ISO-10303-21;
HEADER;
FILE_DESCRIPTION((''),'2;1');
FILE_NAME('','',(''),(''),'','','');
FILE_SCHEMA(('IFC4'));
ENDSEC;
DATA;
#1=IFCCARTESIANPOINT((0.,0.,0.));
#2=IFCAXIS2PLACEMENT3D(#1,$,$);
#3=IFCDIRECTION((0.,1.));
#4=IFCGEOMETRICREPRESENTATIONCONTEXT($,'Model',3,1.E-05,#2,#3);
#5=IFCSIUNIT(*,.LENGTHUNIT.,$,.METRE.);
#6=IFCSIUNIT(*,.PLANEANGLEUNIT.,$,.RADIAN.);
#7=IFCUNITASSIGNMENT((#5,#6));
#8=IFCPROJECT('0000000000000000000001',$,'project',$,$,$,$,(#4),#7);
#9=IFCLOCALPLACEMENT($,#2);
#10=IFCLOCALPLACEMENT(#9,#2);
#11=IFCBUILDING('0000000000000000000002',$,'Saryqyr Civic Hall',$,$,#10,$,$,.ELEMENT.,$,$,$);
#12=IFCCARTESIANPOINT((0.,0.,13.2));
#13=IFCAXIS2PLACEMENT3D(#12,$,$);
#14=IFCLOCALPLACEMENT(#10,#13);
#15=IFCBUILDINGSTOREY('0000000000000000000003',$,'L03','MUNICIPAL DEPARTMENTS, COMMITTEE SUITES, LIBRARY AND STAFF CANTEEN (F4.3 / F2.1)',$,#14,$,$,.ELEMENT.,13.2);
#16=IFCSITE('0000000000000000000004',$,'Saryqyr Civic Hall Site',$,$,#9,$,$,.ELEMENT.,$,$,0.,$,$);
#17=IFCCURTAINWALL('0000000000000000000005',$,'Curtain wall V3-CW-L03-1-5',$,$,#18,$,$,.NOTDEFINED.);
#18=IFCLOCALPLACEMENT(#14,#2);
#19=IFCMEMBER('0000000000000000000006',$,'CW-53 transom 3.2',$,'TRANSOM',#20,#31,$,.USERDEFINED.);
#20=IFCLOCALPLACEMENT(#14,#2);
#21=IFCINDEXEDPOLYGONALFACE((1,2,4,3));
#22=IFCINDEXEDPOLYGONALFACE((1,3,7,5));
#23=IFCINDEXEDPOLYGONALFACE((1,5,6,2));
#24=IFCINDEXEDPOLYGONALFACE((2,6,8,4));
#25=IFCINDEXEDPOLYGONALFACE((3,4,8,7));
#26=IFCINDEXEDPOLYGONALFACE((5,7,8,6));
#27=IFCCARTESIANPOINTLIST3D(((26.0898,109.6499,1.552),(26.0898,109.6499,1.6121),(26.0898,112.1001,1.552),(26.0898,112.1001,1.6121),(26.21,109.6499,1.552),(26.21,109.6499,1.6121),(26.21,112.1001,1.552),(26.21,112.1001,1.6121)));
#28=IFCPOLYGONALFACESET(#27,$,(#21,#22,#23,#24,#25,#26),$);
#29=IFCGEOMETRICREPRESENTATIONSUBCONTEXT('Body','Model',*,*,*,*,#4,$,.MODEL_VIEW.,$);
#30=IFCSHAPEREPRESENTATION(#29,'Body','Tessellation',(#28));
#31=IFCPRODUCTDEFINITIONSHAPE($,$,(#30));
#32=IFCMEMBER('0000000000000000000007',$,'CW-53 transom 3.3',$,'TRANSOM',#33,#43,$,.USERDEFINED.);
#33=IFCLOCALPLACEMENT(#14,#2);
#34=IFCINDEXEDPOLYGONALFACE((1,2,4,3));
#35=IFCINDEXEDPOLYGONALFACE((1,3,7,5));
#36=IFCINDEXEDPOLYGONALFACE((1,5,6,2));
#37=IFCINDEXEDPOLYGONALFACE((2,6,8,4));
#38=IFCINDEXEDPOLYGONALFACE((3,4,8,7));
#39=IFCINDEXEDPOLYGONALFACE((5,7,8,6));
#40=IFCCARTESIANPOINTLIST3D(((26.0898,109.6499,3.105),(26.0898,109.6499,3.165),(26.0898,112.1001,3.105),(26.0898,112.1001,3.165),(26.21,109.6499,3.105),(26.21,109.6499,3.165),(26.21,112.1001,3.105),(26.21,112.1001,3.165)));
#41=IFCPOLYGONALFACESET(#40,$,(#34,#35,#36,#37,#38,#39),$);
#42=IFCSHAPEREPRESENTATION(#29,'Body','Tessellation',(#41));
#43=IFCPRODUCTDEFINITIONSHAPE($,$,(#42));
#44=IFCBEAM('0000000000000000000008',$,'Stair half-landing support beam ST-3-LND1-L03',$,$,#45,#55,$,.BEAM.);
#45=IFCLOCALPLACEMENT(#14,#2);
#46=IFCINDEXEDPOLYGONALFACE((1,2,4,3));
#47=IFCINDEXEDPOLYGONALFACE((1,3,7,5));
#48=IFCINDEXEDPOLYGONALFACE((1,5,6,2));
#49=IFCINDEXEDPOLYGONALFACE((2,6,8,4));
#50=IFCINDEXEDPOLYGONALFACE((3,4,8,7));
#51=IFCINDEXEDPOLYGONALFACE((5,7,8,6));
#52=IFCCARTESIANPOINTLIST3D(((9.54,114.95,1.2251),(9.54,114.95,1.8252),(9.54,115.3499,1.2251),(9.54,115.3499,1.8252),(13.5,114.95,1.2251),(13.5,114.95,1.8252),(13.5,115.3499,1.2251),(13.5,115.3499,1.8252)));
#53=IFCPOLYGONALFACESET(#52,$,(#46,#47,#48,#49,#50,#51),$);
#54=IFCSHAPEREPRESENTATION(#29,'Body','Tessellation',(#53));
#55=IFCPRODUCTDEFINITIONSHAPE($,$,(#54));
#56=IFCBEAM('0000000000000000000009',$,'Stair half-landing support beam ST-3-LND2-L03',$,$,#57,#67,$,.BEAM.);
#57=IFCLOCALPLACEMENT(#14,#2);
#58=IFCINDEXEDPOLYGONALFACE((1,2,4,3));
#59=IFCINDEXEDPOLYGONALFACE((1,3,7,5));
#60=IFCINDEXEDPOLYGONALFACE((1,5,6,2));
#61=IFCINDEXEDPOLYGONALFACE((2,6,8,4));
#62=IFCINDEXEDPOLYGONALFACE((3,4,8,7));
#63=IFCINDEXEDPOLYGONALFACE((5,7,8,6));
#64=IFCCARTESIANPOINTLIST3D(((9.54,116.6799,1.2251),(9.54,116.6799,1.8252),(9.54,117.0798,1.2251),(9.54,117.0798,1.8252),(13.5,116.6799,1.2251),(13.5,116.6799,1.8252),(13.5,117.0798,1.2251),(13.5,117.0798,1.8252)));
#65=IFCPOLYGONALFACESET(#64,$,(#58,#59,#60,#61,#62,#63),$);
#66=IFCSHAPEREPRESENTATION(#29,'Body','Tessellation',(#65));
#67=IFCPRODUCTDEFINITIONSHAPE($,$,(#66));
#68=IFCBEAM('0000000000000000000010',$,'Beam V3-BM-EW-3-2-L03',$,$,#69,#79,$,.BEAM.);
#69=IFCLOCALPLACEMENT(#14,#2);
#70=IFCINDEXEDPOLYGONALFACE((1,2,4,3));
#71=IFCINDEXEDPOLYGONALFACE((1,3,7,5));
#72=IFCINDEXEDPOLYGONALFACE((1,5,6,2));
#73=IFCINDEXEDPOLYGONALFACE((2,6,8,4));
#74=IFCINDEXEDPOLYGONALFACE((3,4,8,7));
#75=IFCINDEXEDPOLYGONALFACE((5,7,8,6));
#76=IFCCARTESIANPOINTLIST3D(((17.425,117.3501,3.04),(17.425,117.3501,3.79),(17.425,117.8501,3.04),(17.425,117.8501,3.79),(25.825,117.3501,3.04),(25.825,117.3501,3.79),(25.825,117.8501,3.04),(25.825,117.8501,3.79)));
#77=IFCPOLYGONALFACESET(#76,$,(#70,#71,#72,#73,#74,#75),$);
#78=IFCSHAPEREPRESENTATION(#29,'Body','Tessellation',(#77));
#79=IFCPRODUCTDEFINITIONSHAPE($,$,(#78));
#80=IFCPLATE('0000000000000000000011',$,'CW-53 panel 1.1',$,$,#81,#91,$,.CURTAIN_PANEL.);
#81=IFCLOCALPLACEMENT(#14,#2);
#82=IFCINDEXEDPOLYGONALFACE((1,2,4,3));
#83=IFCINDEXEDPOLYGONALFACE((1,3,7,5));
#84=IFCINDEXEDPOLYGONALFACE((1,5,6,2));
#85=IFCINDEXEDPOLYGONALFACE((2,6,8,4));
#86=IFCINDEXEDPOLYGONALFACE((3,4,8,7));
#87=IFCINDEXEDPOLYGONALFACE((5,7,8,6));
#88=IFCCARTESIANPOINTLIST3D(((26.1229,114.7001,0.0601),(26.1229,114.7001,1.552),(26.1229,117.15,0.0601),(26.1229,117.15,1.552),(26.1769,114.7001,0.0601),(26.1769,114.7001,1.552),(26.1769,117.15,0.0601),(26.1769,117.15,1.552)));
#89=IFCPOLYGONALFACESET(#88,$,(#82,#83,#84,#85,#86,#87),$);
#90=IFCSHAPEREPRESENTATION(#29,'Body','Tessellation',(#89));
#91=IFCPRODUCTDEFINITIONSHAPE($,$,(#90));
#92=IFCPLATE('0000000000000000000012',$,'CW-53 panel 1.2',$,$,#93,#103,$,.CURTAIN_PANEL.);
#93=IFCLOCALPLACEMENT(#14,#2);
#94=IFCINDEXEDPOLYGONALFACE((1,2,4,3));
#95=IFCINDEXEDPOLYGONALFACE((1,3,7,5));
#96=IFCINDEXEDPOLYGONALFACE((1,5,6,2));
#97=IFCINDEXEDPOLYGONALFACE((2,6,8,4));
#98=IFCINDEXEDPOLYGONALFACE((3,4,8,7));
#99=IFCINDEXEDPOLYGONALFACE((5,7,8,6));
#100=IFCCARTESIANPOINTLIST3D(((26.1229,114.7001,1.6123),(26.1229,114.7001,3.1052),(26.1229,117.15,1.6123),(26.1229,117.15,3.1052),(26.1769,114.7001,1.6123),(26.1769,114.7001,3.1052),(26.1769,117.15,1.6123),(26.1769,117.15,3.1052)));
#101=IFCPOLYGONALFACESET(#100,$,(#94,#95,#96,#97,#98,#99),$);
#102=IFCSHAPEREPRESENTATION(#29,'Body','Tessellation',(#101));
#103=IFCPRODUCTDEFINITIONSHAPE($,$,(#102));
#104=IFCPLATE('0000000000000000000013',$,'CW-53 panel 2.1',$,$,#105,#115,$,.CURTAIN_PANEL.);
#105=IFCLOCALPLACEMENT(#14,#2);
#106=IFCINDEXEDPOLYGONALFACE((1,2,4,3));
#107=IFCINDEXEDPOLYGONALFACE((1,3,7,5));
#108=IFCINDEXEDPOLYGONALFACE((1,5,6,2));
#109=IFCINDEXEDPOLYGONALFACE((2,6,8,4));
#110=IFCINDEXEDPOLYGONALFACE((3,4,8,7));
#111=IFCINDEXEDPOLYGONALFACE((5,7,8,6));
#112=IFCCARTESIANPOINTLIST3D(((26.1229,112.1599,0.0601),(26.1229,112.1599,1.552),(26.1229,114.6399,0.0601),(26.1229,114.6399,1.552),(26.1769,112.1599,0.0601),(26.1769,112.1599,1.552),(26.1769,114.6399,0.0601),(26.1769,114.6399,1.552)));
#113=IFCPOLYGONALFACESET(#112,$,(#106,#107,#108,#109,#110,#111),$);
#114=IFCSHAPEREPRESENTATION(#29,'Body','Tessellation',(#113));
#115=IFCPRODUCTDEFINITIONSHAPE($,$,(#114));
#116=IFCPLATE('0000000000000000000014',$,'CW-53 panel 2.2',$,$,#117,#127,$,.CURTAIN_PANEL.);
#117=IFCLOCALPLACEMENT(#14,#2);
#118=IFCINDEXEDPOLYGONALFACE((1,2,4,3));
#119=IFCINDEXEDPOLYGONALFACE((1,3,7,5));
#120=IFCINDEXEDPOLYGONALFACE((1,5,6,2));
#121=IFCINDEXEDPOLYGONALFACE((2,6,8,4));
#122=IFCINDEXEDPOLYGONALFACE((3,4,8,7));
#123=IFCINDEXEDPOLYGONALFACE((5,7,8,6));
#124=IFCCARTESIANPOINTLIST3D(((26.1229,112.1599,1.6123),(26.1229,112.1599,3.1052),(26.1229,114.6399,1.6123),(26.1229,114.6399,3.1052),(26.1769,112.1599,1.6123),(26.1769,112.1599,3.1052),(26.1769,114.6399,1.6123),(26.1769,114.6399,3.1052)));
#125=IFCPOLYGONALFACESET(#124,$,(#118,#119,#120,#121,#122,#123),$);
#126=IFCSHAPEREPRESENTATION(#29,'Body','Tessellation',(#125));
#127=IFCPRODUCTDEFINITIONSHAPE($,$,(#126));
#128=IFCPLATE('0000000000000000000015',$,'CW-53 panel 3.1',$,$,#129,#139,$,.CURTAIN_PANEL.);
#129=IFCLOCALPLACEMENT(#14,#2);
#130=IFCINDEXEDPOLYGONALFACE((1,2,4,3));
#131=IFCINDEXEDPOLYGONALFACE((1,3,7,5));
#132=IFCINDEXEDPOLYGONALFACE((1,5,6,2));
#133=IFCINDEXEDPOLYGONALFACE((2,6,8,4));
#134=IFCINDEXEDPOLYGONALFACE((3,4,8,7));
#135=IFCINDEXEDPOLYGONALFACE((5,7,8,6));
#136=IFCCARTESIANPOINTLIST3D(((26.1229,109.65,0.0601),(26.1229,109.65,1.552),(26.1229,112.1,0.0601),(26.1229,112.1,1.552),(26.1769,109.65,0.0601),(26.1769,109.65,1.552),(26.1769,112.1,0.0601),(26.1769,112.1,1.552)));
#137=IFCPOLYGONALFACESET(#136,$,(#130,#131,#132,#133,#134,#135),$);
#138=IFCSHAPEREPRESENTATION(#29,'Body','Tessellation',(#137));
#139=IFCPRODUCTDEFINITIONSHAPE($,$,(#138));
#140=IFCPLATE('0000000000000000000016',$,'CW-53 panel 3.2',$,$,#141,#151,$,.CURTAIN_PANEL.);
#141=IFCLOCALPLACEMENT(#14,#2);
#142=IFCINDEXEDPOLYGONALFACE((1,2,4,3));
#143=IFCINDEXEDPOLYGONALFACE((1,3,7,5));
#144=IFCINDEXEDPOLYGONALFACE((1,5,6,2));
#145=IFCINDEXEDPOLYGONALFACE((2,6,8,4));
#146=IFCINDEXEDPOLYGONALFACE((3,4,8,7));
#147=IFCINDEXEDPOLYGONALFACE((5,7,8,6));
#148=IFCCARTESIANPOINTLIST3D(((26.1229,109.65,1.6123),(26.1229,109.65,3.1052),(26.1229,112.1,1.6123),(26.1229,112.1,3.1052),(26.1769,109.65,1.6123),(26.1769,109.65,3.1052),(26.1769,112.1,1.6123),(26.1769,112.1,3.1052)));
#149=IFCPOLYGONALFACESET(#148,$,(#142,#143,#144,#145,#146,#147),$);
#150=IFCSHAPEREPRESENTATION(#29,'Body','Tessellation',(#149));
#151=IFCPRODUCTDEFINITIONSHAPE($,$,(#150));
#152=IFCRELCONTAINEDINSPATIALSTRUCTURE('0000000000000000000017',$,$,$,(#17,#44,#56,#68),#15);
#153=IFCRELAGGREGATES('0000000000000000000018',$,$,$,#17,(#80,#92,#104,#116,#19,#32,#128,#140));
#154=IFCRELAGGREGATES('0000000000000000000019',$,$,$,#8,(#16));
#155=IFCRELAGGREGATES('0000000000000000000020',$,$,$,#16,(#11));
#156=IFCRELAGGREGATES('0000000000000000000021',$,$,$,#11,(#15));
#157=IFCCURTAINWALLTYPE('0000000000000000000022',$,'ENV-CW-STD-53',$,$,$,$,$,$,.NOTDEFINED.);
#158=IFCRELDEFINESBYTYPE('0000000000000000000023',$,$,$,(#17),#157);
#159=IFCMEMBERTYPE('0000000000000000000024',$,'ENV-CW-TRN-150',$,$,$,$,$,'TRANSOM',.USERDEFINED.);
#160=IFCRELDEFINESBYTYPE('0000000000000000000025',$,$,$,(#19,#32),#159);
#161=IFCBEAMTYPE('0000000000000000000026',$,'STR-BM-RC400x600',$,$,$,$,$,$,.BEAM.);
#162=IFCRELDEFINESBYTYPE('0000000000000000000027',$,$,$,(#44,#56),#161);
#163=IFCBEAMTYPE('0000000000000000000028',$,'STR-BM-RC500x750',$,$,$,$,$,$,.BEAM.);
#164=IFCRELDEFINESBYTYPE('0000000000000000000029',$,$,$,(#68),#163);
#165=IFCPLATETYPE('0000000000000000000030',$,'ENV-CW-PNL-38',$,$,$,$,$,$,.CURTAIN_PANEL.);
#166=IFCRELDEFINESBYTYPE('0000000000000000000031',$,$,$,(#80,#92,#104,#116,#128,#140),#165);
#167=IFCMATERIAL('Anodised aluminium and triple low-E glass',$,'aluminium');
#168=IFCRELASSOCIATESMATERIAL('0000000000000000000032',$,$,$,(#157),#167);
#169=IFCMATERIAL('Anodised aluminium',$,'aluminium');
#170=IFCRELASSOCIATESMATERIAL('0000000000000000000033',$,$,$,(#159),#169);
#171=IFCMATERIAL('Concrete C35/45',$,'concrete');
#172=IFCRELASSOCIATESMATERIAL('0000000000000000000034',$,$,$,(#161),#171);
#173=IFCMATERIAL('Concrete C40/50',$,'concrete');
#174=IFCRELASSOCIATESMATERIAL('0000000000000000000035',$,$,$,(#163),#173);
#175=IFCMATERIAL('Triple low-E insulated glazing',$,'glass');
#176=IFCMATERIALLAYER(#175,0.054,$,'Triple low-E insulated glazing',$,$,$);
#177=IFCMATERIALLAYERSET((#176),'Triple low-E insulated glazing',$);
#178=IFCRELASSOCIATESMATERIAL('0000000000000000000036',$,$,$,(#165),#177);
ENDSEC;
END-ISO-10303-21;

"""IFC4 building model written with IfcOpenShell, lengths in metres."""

from ifc_helpers import new_model, si_unit, direction, frame, origin, origin_2d, place, context, subcontext, project, spatial, rectangle, extrude, material, layer, layer_set, material_profile, profile_set, type_object, element, aggregate, save


model = new_model("IFC4")

# Units and contexts
model_context = context("Model", 3, precision=1e-05, world=origin(), true_north=direction((0.0, 1.0)))
body_context = subcontext(model_context, "Body", "Model", "MODEL_VIEW")
ifc_project = project(units=[si_unit("LENGTHUNIT", "METRE"), si_unit("PLANEANGLEUNIT", "RADIAN")], contexts=[model_context])

# Site, building, storey
site_placement = place(None, origin())
site = spatial("IfcSite", under=ifc_project, at=site_placement, Name="Saryqyr Civic Hall Site", CompositionType="ELEMENT", RefElevation=0.0)
building_placement = place(site_placement, origin())
building = spatial("IfcBuilding", under=site, at=building_placement, Name="Saryqyr Civic Hall", CompositionType="ELEMENT")
storey_placement = place(building_placement, frame((0.0, 0.0, 13.2)))
storey = spatial("IfcBuildingStorey", under=building, at=storey_placement, Name="L03", Description="MUNICIPAL DEPARTMENTS, COMMITTEE SUITES, LIBRARY AND STAFF CANTEEN (F4.3 / F2.1)", CompositionType="ELEMENT", Elevation=13.2)

# Shared definitions
ifc_material_1 = material(Name="Concrete C40/50", Category="concrete")

# Curtain wall, members
ifc_material_2 = material(Name="Anodised aluminium and triple low-E glass", Category="aluminium")
curtain_wall_type = type_object("IfcCurtainWallType", Name="ENV-CW-STD-53", PredefinedType="NOTDEFINED", material=ifc_material_2)
curtain_wall_placement = place(storey_placement, origin())
curtain_wall = element("IfcCurtainWall", 1, at=curtain_wall_placement, inside=storey, type_object=curtain_wall_type, Name="Curtain wall V3-CW-L03-1-5", PredefinedType="NOTDEFINED")
ifc_material_3 = material(Name="Anodised aluminium", Category="aluminium")
ifc_material_profile_1 = material_profile(ifc_material_3, rectangle(XDim=0.1201, YDim=0.0601, at=origin_2d()), Name="ALU TRANSOM 120x60")
ifc_profile_set_1 = profile_set([ifc_material_profile_1], Name="Anodised aluminium")
member_type_1 = type_object("IfcMemberType", Name="ENV-CW-TRN-150", ElementType="TRANSOM", PredefinedType="USERDEFINED", material=ifc_profile_set_1)
member_1_placement = place(storey_placement, frame((26.1499, 112.1001, 1.582), z_axis=(0.0, -1.0, 0.0), x_axis=(1.0, 0.0, 0.0)))
member_1 = element("IfcMember", 2, at=member_1_placement, type_object=member_type_1, Name="CW-53 transom 3.2", ObjectType="TRANSOM", PredefinedType="USERDEFINED", context=body_context, shape_type="SweptSolid", body=[
    extrude(rectangle(XDim=0.1201, YDim=0.0601, at=origin_2d()), origin(), (0.0, 0.0, 1.0), 2.4502),
])
member_2_placement = place(storey_placement, frame((26.1499, 112.1001, 3.135), z_axis=(0.0, -1.0, 0.0), x_axis=(1.0, 0.0, 0.0)))
member_2 = element("IfcMember", 3, at=member_2_placement, type_object=member_type_1, Name="CW-53 transom 3.3", ObjectType="TRANSOM", PredefinedType="USERDEFINED", context=body_context, shape_type="SweptSolid", body=[
    extrude(rectangle(XDim=0.1201, YDim=0.0601, at=origin_2d()), origin(), (0.0, 0.0, 1.0), 2.4502),
])

# Beams
ifc_material_4 = material(Name="Concrete C35/45", Category="concrete")
ifc_material_profile_2 = material_profile(ifc_material_4, rectangle(XDim=0.3999, YDim=0.6001, at=origin_2d()), Name="RC 400x600")
ifc_profile_set_2 = profile_set([ifc_material_profile_2], Name="Concrete C35/45")
beam_type_1 = type_object("IfcBeamType", Name="STR-BM-RC400x600", PredefinedType="BEAM", material=ifc_profile_set_2)
for number, where, z_axis, x_axis, name in (
    (4, (13.5, 115.1499, 1.5251), (-1.0, 0.0, 0.0), (0.0, -1.0, 0.0), "Stair half-landing support beam ST-3-LND1-L03"),
    (5, (13.5, 116.8799, 1.5251), (-1.0, 0.0, 0.0), (0.0, -1.0, 0.0), "Stair half-landing support beam ST-3-LND2-L03"),
):
    element("IfcBeam", number, at=place(storey_placement, frame(where, z_axis=z_axis, x_axis=x_axis)), inside=storey, type_object=beam_type_1, Name=name, PredefinedType="BEAM", context=body_context, shape_type="SweptSolid", body=[
        extrude(rectangle(XDim=0.3999, YDim=0.6001, at=origin_2d()), origin(), (0.0, 0.0, 1.0), 3.96),
    ])
ifc_material_profile_3 = material_profile(ifc_material_1, rectangle(XDim=0.5, YDim=0.75, at=origin_2d()), Name="RC 500x750")
ifc_profile_set_3 = profile_set([ifc_material_profile_3], Name="Concrete C40/50")
beam_type_2 = type_object("IfcBeamType", Name="STR-BM-RC500x750", PredefinedType="BEAM", material=ifc_profile_set_3)
beam_placement = place(storey_placement, frame((17.425, 117.6001, 3.415), z_axis=(1.0, 0.0, 0.0), x_axis=(0.0, 1.0, 0.0)))
element("IfcBeam", 6, at=beam_placement, inside=storey, type_object=beam_type_2, Name="Beam V3-BM-EW-3-2-L03", PredefinedType="BEAM", context=body_context, shape_type="SweptSolid", body=[
    extrude(rectangle(XDim=0.5, YDim=0.75, at=origin_2d()), origin(), (0.0, 0.0, 1.0), 8.3999),
])

# Plates
ifc_material_5 = material(Name="Triple low-E insulated glazing", Category="glass")
ifc_layer = layer(ifc_material_5, 0.054, Name="Triple low-E insulated glazing")
ifc_layer_set = layer_set([ifc_layer], Name="Triple low-E insulated glazing")
plate_type = type_object("IfcPlateType", Name="ENV-CW-PNL-38", PredefinedType="CURTAIN_PANEL", material=ifc_layer_set)
plate_1_placement = place(storey_placement, frame((26.1499, 115.925, 0.0601), z_axis=(0.0, 0.0, 1.0), x_axis=(0.0, -1.0, 0.0)))
plate_1 = element("IfcPlate", 7, at=plate_1_placement, type_object=plate_type, Name="CW-53 panel 1.1", PredefinedType="CURTAIN_PANEL", context=body_context, shape_type="SweptSolid", body=[
    extrude(rectangle(XDim=2.45, YDim=0.054, at=origin_2d()), origin(), (0.0, 0.0, 1.0), 1.4919),
])
plate_2_placement = place(storey_placement, frame((26.1499, 115.925, 1.6123), z_axis=(0.0, 0.0, 1.0), x_axis=(0.0, -1.0, 0.0)))
plate_2 = element("IfcPlate", 8, at=plate_2_placement, type_object=plate_type, Name="CW-53 panel 1.2", PredefinedType="CURTAIN_PANEL", context=body_context, shape_type="SweptSolid", body=[
    extrude(rectangle(XDim=2.45, YDim=0.054, at=origin_2d()), origin(), (0.0, 0.0, 1.0), 1.4929),
])
plate_3_placement = place(storey_placement, frame((26.1499, 113.3999, 0.0601), z_axis=(0.0, 0.0, 1.0), x_axis=(0.0, -1.0, 0.0)))
plate_3 = element("IfcPlate", 9, at=plate_3_placement, type_object=plate_type, Name="CW-53 panel 2.1", PredefinedType="CURTAIN_PANEL", context=body_context, shape_type="SweptSolid", body=[
    extrude(rectangle(XDim=2.48, YDim=0.054, at=origin_2d()), origin(), (0.0, 0.0, 1.0), 1.4919),
])
plate_4_placement = place(storey_placement, frame((26.1499, 113.3999, 1.6123), z_axis=(0.0, 0.0, 1.0), x_axis=(0.0, -1.0, 0.0)))
plate_4 = element("IfcPlate", 10, at=plate_4_placement, type_object=plate_type, Name="CW-53 panel 2.2", PredefinedType="CURTAIN_PANEL", context=body_context, shape_type="SweptSolid", body=[
    extrude(rectangle(XDim=2.48, YDim=0.054, at=origin_2d()), origin(), (0.0, 0.0, 1.0), 1.4929),
])
plate_5_placement = place(storey_placement, frame((26.1499, 110.875, 0.0601), z_axis=(0.0, 0.0, 1.0), x_axis=(0.0, -1.0, 0.0)))
plate_5 = element("IfcPlate", 11, at=plate_5_placement, type_object=plate_type, Name="CW-53 panel 3.1", PredefinedType="CURTAIN_PANEL", context=body_context, shape_type="SweptSolid", body=[
    extrude(rectangle(XDim=2.45, YDim=0.054, at=origin_2d()), origin(), (0.0, 0.0, 1.0), 1.4919),
])
plate_6_placement = place(storey_placement, frame((26.1499, 110.875, 1.6123), z_axis=(0.0, 0.0, 1.0), x_axis=(0.0, -1.0, 0.0)))
plate_6 = element("IfcPlate", 12, at=plate_6_placement, type_object=plate_type, Name="CW-53 panel 3.2", PredefinedType="CURTAIN_PANEL", context=body_context, shape_type="SweptSolid", body=[
    extrude(rectangle(XDim=2.45, YDim=0.054, at=origin_2d()), origin(), (0.0, 0.0, 1.0), 1.4929),
])
aggregate(curtain_wall, [plate_1, plate_2, plate_3, plate_4, member_1, member_2, plate_5, plate_6])

save(model, "model.ifc")
